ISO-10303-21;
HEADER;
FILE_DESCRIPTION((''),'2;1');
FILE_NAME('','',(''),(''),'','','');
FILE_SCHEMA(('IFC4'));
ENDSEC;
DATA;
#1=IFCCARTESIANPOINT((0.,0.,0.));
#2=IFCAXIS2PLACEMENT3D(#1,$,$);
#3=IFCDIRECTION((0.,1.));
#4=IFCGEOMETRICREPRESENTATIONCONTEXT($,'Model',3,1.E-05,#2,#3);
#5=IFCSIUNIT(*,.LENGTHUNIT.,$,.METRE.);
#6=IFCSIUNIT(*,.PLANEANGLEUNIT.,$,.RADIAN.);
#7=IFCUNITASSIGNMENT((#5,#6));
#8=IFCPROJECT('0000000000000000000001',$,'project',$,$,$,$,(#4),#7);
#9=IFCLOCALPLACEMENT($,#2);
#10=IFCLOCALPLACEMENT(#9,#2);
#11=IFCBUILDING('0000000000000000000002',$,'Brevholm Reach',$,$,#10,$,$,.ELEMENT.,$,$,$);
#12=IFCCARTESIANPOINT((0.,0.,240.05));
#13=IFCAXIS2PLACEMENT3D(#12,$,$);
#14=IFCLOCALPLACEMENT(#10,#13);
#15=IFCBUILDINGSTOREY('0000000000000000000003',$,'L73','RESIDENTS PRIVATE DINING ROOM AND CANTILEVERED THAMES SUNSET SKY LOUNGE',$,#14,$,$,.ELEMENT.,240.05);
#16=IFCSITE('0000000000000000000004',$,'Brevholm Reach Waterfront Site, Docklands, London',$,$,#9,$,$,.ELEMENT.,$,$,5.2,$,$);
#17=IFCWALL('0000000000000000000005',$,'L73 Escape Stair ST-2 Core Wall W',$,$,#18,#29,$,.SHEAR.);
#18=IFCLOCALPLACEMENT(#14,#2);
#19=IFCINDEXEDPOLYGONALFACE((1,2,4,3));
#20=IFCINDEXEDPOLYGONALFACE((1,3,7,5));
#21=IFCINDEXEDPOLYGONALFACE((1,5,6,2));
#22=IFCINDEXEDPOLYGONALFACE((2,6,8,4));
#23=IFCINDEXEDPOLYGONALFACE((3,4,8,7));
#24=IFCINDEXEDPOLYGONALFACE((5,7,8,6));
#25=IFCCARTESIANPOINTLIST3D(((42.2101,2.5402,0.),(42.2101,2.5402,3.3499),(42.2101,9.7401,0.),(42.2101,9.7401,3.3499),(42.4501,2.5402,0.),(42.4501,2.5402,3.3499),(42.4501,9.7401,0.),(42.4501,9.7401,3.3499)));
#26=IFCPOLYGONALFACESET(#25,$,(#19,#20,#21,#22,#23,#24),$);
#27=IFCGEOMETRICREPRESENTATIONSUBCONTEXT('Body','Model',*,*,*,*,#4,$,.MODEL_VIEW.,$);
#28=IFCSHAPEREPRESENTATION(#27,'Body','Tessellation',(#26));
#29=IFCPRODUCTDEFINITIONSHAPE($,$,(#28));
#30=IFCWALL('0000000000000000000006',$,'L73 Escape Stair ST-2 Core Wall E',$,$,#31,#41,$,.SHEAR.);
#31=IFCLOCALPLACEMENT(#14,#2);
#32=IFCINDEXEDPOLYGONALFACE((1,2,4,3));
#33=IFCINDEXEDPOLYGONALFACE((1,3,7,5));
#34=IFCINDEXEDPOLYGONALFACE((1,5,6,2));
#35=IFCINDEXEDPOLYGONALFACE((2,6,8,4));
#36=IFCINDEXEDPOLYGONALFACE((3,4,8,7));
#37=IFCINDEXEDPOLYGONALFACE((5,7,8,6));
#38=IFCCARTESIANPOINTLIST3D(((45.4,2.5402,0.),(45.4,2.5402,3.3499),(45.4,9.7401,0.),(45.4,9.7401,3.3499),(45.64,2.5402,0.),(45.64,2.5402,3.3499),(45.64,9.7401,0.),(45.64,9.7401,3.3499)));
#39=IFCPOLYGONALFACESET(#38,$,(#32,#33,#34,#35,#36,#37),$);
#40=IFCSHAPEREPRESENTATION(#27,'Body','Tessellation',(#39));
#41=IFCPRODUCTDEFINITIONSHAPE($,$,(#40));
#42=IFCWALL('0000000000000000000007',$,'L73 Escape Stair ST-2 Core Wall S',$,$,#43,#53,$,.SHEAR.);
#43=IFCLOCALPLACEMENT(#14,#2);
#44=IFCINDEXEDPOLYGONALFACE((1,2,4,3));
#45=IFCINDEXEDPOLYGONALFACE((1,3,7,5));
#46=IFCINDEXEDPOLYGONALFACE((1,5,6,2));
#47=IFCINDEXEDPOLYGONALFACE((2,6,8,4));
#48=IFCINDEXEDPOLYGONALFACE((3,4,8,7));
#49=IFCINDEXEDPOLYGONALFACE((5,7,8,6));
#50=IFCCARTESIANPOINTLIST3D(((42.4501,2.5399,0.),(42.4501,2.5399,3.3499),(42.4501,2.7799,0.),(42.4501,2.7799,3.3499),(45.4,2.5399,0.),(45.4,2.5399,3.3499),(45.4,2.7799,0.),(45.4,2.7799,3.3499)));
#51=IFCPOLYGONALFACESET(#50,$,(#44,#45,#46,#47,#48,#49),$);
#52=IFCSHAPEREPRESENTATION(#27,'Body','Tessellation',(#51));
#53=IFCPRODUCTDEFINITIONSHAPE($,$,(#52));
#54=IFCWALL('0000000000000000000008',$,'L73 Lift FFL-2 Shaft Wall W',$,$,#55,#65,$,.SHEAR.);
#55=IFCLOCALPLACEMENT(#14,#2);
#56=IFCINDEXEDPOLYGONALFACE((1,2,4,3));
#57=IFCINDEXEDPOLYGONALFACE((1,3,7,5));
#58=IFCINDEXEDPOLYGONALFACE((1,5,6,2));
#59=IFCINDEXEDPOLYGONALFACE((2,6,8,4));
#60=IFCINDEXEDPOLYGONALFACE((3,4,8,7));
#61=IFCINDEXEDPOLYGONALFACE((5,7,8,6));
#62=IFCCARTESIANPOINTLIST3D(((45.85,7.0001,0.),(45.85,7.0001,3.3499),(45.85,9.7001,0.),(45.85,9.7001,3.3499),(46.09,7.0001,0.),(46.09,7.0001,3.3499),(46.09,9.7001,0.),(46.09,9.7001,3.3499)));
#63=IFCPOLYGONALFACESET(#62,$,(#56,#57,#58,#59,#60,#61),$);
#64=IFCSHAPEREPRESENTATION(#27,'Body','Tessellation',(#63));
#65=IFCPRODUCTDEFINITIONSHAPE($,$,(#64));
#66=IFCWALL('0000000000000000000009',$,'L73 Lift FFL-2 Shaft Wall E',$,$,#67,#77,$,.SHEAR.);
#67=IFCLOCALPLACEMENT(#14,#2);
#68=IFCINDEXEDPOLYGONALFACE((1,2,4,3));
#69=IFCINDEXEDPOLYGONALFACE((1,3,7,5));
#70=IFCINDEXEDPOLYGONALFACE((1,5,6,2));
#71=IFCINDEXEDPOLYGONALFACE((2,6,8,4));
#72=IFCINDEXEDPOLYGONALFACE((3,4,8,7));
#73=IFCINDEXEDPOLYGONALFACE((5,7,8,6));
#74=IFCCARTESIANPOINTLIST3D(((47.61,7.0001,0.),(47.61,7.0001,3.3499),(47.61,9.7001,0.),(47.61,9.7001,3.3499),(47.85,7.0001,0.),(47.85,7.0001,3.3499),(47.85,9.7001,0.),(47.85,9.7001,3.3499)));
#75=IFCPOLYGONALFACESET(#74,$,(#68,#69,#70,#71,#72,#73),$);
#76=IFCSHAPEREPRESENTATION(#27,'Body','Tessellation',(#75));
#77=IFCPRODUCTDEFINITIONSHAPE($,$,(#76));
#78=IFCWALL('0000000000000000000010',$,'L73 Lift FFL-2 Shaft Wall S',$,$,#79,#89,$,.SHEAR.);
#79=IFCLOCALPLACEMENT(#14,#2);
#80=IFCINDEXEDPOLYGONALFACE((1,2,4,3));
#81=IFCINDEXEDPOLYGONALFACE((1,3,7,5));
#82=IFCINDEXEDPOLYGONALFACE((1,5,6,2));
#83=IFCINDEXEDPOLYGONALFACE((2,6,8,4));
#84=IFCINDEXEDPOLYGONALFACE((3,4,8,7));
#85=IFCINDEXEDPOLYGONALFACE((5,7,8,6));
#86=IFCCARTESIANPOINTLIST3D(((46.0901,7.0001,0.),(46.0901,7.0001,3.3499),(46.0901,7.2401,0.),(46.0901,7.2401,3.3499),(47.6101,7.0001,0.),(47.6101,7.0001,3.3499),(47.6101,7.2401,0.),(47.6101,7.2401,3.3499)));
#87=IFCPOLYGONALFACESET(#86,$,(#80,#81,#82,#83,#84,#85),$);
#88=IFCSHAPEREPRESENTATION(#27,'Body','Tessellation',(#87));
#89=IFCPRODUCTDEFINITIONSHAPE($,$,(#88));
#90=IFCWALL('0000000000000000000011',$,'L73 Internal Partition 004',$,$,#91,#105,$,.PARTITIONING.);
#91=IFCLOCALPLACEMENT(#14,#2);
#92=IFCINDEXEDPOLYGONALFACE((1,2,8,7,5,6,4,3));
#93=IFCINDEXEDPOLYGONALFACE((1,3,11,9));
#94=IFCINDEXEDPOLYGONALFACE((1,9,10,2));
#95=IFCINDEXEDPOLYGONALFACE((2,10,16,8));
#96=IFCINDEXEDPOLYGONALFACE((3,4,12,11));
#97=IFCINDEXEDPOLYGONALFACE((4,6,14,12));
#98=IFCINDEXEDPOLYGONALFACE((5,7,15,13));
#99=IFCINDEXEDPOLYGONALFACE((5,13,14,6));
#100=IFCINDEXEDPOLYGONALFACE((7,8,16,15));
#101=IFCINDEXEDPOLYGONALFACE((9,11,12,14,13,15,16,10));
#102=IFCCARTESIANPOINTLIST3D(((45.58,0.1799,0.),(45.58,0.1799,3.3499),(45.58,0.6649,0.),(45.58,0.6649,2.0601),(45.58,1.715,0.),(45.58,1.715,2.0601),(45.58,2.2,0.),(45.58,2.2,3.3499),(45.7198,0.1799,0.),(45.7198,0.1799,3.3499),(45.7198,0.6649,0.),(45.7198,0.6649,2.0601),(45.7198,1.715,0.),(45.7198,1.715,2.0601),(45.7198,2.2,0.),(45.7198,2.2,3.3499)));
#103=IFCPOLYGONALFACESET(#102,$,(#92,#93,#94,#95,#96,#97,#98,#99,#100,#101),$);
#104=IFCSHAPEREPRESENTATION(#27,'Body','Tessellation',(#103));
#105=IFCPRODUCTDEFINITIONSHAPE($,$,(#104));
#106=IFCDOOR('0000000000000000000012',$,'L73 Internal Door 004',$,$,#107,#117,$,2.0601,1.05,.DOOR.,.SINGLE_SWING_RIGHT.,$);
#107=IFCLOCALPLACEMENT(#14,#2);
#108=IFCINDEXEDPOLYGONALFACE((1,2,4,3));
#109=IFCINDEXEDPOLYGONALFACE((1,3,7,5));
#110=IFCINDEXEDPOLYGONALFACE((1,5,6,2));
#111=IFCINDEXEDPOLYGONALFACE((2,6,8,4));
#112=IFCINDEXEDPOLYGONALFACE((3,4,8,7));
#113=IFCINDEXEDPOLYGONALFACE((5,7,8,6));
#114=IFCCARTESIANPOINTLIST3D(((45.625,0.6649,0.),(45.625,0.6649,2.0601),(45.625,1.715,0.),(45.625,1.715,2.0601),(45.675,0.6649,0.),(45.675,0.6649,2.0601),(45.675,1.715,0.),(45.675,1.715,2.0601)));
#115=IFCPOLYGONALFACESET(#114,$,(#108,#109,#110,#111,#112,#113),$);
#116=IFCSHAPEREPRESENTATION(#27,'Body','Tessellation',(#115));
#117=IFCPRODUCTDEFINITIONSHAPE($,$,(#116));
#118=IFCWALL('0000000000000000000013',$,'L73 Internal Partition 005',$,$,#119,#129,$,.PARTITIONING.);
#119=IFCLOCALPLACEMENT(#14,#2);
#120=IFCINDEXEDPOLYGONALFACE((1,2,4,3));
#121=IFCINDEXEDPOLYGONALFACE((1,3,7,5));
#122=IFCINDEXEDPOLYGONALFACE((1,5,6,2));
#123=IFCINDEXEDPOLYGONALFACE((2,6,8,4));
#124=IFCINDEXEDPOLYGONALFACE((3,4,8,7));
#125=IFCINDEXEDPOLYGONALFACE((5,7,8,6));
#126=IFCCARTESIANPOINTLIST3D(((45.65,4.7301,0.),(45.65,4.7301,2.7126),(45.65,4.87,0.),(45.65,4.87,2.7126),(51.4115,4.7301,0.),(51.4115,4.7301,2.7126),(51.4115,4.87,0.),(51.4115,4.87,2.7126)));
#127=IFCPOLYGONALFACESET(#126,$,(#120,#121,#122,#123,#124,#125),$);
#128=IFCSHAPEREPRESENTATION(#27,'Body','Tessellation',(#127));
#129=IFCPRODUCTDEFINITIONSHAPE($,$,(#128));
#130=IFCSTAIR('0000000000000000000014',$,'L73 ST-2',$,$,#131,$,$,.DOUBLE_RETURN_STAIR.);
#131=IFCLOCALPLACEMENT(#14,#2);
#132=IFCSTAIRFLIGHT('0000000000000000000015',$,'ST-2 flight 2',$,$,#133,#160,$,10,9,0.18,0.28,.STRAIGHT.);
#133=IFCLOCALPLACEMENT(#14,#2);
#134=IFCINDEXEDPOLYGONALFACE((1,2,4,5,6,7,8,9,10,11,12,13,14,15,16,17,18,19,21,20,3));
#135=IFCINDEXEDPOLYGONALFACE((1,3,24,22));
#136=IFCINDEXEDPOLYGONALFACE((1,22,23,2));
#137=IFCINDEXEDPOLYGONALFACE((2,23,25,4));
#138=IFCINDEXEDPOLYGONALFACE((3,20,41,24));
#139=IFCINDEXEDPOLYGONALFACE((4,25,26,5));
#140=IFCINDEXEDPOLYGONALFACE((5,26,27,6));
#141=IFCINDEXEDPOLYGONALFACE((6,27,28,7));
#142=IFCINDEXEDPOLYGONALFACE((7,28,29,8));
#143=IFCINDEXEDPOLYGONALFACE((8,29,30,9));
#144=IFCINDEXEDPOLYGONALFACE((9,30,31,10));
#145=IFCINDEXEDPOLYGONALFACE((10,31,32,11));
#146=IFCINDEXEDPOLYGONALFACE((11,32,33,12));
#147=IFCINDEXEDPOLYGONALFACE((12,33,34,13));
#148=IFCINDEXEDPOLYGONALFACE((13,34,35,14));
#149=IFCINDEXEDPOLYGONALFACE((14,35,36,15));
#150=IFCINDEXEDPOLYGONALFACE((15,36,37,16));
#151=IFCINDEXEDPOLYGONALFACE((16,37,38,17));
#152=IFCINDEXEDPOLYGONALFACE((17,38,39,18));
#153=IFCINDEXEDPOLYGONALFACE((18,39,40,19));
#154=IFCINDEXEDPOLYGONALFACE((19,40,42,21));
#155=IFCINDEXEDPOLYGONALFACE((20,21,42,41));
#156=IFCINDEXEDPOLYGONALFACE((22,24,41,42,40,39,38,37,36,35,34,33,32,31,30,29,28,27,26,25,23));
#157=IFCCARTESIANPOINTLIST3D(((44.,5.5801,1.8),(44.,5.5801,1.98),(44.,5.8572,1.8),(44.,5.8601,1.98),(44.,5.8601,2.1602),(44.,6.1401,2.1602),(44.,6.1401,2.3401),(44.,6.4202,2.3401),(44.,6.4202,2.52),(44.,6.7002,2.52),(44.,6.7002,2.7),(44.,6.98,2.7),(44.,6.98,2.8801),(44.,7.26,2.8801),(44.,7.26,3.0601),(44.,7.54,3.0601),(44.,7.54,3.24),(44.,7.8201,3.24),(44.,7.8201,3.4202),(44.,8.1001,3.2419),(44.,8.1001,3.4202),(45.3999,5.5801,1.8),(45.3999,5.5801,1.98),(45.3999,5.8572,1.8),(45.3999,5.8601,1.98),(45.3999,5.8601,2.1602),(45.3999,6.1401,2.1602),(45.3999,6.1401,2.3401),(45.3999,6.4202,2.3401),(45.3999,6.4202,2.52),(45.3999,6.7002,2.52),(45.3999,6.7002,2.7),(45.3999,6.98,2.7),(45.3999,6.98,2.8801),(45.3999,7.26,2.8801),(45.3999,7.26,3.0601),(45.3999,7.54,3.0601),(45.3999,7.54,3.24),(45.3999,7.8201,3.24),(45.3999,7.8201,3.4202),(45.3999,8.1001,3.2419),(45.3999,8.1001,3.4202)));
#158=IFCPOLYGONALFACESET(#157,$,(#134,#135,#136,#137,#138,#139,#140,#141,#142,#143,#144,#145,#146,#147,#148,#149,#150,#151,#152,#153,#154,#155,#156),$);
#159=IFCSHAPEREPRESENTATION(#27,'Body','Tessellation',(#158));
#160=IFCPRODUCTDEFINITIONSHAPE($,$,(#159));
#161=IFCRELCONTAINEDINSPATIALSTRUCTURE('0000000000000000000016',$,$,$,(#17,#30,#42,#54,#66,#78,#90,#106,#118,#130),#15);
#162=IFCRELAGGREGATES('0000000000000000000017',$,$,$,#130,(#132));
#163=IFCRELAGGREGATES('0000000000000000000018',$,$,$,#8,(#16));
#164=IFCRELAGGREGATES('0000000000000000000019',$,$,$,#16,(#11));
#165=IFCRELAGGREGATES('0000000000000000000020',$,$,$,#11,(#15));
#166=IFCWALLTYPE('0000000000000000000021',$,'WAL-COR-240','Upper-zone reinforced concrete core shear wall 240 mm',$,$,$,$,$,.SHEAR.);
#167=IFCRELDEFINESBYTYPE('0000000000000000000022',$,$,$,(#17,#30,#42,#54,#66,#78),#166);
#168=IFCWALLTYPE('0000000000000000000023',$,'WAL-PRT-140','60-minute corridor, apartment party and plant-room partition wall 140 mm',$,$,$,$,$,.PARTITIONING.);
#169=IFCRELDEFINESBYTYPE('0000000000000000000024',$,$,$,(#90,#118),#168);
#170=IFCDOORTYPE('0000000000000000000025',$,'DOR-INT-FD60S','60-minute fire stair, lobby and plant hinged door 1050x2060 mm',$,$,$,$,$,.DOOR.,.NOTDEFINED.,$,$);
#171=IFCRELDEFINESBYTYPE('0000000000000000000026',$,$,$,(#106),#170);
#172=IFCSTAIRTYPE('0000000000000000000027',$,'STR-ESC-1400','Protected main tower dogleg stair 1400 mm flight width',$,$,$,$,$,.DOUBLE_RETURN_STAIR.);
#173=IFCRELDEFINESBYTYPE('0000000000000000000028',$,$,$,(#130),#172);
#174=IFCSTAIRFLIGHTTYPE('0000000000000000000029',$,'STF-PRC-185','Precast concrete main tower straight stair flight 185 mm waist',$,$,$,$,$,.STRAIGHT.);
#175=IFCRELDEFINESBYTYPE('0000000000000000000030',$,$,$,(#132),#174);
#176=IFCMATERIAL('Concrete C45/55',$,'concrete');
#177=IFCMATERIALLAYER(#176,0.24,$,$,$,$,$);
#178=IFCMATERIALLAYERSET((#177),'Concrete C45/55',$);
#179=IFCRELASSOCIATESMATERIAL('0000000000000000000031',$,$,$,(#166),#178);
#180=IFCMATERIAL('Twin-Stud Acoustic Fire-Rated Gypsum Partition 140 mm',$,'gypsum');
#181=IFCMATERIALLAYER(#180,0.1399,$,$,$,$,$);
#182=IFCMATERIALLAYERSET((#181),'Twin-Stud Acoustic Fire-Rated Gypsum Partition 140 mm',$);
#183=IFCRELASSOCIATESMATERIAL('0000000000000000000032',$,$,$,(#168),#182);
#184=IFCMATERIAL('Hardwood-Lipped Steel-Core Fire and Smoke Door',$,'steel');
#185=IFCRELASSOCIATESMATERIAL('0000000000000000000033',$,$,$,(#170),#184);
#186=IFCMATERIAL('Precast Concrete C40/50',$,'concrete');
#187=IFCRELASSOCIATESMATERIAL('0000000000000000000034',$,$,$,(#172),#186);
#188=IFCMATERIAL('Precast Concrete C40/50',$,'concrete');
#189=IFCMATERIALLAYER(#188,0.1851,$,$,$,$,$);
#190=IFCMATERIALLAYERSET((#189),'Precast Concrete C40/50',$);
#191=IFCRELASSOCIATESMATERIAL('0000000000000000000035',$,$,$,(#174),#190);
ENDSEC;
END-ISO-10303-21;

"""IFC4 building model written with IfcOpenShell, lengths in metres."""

from ifc_helpers import new_model, si_unit, direction, frame, frame_2d, origin, place, context, subcontext, project, spatial, polyline, rectangle, outline, extrude, material, layer, layer_set, type_object, element, fill, aggregate, save


model = new_model("IFC4")

# Units and contexts
model_context = context("Model", 3, precision=1e-05, world=origin(), true_north=direction((0.0, 1.0)))
body_context = subcontext(model_context, "Body", "Model", "MODEL_VIEW")
ifc_project = project(units=[si_unit("LENGTHUNIT", "METRE"), si_unit("PLANEANGLEUNIT", "RADIAN")], contexts=[model_context])

# Site, building, storey
site_placement = place(None, origin())
site = spatial("IfcSite", under=ifc_project, at=site_placement, Name="Brevholm Reach Waterfront Site, Docklands, London", CompositionType="ELEMENT", RefElevation=5.2)
building_placement = place(site_placement, origin())
building = spatial("IfcBuilding", under=site, at=building_placement, Name="Brevholm Reach", CompositionType="ELEMENT")
storey_placement = place(building_placement, frame((0.0, 0.0, 240.05)))
storey = spatial("IfcBuildingStorey", under=building, at=storey_placement, Name="L73", Description="RESIDENTS PRIVATE DINING ROOM AND CANTILEVERED THAMES SUNSET SKY LOUNGE", CompositionType="ELEMENT", Elevation=240.05)

# Walls
ifc_material_1 = material(Name="Concrete C45/55", Category="concrete")
ifc_layer_1 = layer(ifc_material_1, 0.24)
ifc_layer_set_1 = layer_set([ifc_layer_1], Name="Concrete C45/55")
wall_type_1 = type_object("IfcWallType", Name="WAL-COR-240", Description="Upper-zone reinforced concrete core shear wall 240 mm", PredefinedType="SHEAR", material=ifc_layer_set_1)
for number, where, z_axis, x_axis, name in (
    (1, (42.3301, 2.54, 0.0), (0.0, 0.0, 1.0), (0.0, 1.0, 0.0), "L73 Escape Stair ST-2 Core Wall W"),
    (2, (45.52, 2.54, 0.0), (0.0, 0.0, 1.0), (0.0, 1.0, 0.0), "L73 Escape Stair ST-2 Core Wall E"),
):
    element("IfcWall", number, at=place(storey_placement, frame(where, z_axis=z_axis, x_axis=x_axis)), inside=storey, type_object=wall_type_1, Name=name, PredefinedType="SHEAR", context=body_context, shape_type="SweptSolid", body=[
        extrude(rectangle(XDim=7.2, YDim=0.24, at=frame_2d((3.6001, 0.0))), origin(), (0.0, 0.0, 1.0), 3.3499),
    ])
wall_1_placement = place(storey_placement, frame((42.45, 2.6599, 0.0), z_axis=(0.0, 0.0, 1.0), x_axis=(1.0, 0.0, 0.0)))
element("IfcWall", 3, at=wall_1_placement, inside=storey, type_object=wall_type_1, Name="L73 Escape Stair ST-2 Core Wall S", PredefinedType="SHEAR", context=body_context, shape_type="SweptSolid", body=[
    extrude(rectangle(XDim=2.95, YDim=0.24, at=frame_2d((1.4751, 0.0))), origin(), (0.0, 0.0, 1.0), 3.3499),
])
for number, where, z_axis, x_axis, name in (
    (4, (45.97, 7.0, 0.0), (0.0, 0.0, 1.0), (0.0, 1.0, 0.0), "L73 Lift FFL-2 Shaft Wall W"),
    (5, (47.73, 7.0, 0.0), (0.0, 0.0, 1.0), (0.0, 1.0, 0.0), "L73 Lift FFL-2 Shaft Wall E"),
):
    element("IfcWall", number, at=place(storey_placement, frame(where, z_axis=z_axis, x_axis=x_axis)), inside=storey, type_object=wall_type_1, Name=name, PredefinedType="SHEAR", context=body_context, shape_type="SweptSolid", body=[
        extrude(rectangle(XDim=2.7, YDim=0.24, at=frame_2d((1.3501, 0.0))), origin(), (0.0, 0.0, 1.0), 3.3499),
    ])
wall_2_placement = place(storey_placement, frame((46.0901, 7.1201, 0.0), z_axis=(0.0, 0.0, 1.0), x_axis=(1.0, 0.0, 0.0)))
element("IfcWall", 6, at=wall_2_placement, inside=storey, type_object=wall_type_1, Name="L73 Lift FFL-2 Shaft Wall S", PredefinedType="SHEAR", context=body_context, shape_type="SweptSolid", body=[
    extrude(rectangle(XDim=1.52, YDim=0.24, at=frame_2d((0.76, 0.0))), origin(), (0.0, 0.0, 1.0), 3.3499),
])

# Wall, opening, door
ifc_material_2 = material(Name="Twin-Stud Acoustic Fire-Rated Gypsum Partition 140 mm", Category="gypsum")
ifc_layer_2 = layer(ifc_material_2, 0.1399)
ifc_layer_set_2 = layer_set([ifc_layer_2], Name="Twin-Stud Acoustic Fire-Rated Gypsum Partition 140 mm")
wall_type_2 = type_object("IfcWallType", Name="WAL-PRT-140", Description="60-minute corridor, apartment party and plant-room partition wall 140 mm", PredefinedType="PARTITIONING", material=ifc_layer_set_2)
wall_3_placement = place(storey_placement, frame((45.6499, 0.1799, 0.0), z_axis=(0.0, 0.0, 1.0), x_axis=(0.0, 1.0, 0.0)))
wall_3 = element("IfcWall", 7, at=wall_3_placement, inside=storey, type_object=wall_type_2, Name="L73 Internal Partition 004", PredefinedType="PARTITIONING", context=body_context, shape_type="SweptSolid", body=[
    extrude(rectangle(XDim=2.02, YDim=0.1399, at=frame_2d((1.01, 0.0))), origin(), (0.0, 0.0, 1.0), 3.3499),
])
opening_placement = place(wall_3_placement, frame((0.4851, 0.0, 0.0)))
opening = element("IfcOpeningElement", 8, at=opening_placement, cuts=wall_3, PredefinedType="OPENING", context=body_context, shape_type="SweptSolid", body=[
    extrude(rectangle(XDim=1.05, YDim=2.0601, at=frame_2d((0.5249, 1.03))), frame((0.0, 0.0798, 0.0), z_axis=(0.0, -1.0, 0.0), x_axis=(1.0, 0.0, 0.0)), (0.0, 0.0, 1.0), 0.1599),
])
ifc_material_3 = material(Name="Hardwood-Lipped Steel-Core Fire and Smoke Door", Category="steel")
door_type = type_object("IfcDoorType", Name="DOR-INT-FD60S", Description="60-minute fire stair, lobby and plant hinged door 1050x2060 mm", OperationType="NOTDEFINED", PredefinedType="DOOR", material=ifc_material_3)
door_placement = place(opening_placement, origin())
door = element("IfcDoor", 9, at=door_placement, inside=storey, type_object=door_type, Name="L73 Internal Door 004", OperationType="SINGLE_SWING_RIGHT", OverallHeight=2.0601, OverallWidth=1.05, PredefinedType="DOOR", context=body_context, shape_type="SweptSolid", body=[
    extrude(rectangle(XDim=1.05, YDim=2.0601, at=frame_2d((0.5249, 1.03))), frame((0.0, 0.0249, 0.0), z_axis=(0.0, -1.0, 0.0), x_axis=(1.0, 0.0, 0.0)), (0.0, 0.0, 1.0), 0.05),
])
fill(opening, door)

# Wall
wall_4_placement = place(storey_placement, frame((45.6499, 4.8, 0.0), z_axis=(0.0, 0.0, 1.0), x_axis=(1.0, 0.0, 0.0)))
element("IfcWall", 10, at=wall_4_placement, inside=storey, type_object=wall_type_2, Name="L73 Internal Partition 005", PredefinedType="PARTITIONING", context=body_context, shape_type="SweptSolid", body=[
    extrude(rectangle(XDim=5.7615, YDim=0.1399, at=frame_2d((2.8809, 0.0))), origin(), (0.0, 0.0, 1.0), 2.7126),
])

# Stair, stair flight
ifc_material_4 = material(Name="Precast Concrete C40/50", Category="concrete")
stair_type = type_object("IfcStairType", Name="STR-ESC-1400", Description="Protected main tower dogleg stair 1400 mm flight width", PredefinedType="DOUBLE_RETURN_STAIR", material=ifc_material_4)
stair_placement = place(storey_placement, origin())
stair = element("IfcStair", 11, at=stair_placement, inside=storey, type_object=stair_type, Name="L73 ST-2", PredefinedType="DOUBLE_RETURN_STAIR")
ifc_material_5 = material(Name="Precast Concrete C40/50", Category="concrete")
ifc_layer_3 = layer(ifc_material_5, 0.1851)
ifc_layer_set_3 = layer_set([ifc_layer_3], Name="Precast Concrete C40/50")
stair_flight_type = type_object("IfcStairFlightType", Name="STF-PRC-185", Description="Precast concrete main tower straight stair flight 185 mm waist", PredefinedType="STRAIGHT", material=ifc_layer_set_3)
stair_flight_placement = place(storey_placement, frame((44.7, 5.5801, 1.8), z_axis=(0.0, 0.0, 1.0), x_axis=(0.0, 1.0, 0.0)))
stair_flight = element("IfcStairFlight", 12, at=stair_flight_placement, type_object=stair_flight_type, Name="ST-2 flight 2", NumberOfRisers=10, NumberOfTreads=9, PredefinedType="STRAIGHT", RiserHeight=0.18, TreadLength=0.28, context=body_context, shape_type="SweptSolid", body=[
    extrude(outline(polyline([(0.0, 0.0), (0.0, 0.1799), (0.28, 0.1799), (0.28, 0.3601), (0.5601, 0.3601), (0.5601, 0.54), (0.8401, 0.54), (0.8401, 0.72), (1.1201, 0.72), (1.1201, 0.8999), (1.3999, 0.8999), (1.3999, 1.0801), (1.6799, 1.0801), (1.6799, 1.26), (1.96, 1.26), (1.96, 1.4399), (2.24, 1.4399), (2.24, 1.6201), (2.52, 1.6201), (2.52, 1.8), (2.52, 1.4419), (0.2771, 0.0), (0.0, 0.0)])), frame((0.0, 0.7, 0.0), z_axis=(0.0, -1.0, 0.0), x_axis=(1.0, 0.0, 0.0)), (0.0, 0.0, 1.0), 1.3999),
])
aggregate(stair, [stair_flight])

save(model, "model.ifc")
